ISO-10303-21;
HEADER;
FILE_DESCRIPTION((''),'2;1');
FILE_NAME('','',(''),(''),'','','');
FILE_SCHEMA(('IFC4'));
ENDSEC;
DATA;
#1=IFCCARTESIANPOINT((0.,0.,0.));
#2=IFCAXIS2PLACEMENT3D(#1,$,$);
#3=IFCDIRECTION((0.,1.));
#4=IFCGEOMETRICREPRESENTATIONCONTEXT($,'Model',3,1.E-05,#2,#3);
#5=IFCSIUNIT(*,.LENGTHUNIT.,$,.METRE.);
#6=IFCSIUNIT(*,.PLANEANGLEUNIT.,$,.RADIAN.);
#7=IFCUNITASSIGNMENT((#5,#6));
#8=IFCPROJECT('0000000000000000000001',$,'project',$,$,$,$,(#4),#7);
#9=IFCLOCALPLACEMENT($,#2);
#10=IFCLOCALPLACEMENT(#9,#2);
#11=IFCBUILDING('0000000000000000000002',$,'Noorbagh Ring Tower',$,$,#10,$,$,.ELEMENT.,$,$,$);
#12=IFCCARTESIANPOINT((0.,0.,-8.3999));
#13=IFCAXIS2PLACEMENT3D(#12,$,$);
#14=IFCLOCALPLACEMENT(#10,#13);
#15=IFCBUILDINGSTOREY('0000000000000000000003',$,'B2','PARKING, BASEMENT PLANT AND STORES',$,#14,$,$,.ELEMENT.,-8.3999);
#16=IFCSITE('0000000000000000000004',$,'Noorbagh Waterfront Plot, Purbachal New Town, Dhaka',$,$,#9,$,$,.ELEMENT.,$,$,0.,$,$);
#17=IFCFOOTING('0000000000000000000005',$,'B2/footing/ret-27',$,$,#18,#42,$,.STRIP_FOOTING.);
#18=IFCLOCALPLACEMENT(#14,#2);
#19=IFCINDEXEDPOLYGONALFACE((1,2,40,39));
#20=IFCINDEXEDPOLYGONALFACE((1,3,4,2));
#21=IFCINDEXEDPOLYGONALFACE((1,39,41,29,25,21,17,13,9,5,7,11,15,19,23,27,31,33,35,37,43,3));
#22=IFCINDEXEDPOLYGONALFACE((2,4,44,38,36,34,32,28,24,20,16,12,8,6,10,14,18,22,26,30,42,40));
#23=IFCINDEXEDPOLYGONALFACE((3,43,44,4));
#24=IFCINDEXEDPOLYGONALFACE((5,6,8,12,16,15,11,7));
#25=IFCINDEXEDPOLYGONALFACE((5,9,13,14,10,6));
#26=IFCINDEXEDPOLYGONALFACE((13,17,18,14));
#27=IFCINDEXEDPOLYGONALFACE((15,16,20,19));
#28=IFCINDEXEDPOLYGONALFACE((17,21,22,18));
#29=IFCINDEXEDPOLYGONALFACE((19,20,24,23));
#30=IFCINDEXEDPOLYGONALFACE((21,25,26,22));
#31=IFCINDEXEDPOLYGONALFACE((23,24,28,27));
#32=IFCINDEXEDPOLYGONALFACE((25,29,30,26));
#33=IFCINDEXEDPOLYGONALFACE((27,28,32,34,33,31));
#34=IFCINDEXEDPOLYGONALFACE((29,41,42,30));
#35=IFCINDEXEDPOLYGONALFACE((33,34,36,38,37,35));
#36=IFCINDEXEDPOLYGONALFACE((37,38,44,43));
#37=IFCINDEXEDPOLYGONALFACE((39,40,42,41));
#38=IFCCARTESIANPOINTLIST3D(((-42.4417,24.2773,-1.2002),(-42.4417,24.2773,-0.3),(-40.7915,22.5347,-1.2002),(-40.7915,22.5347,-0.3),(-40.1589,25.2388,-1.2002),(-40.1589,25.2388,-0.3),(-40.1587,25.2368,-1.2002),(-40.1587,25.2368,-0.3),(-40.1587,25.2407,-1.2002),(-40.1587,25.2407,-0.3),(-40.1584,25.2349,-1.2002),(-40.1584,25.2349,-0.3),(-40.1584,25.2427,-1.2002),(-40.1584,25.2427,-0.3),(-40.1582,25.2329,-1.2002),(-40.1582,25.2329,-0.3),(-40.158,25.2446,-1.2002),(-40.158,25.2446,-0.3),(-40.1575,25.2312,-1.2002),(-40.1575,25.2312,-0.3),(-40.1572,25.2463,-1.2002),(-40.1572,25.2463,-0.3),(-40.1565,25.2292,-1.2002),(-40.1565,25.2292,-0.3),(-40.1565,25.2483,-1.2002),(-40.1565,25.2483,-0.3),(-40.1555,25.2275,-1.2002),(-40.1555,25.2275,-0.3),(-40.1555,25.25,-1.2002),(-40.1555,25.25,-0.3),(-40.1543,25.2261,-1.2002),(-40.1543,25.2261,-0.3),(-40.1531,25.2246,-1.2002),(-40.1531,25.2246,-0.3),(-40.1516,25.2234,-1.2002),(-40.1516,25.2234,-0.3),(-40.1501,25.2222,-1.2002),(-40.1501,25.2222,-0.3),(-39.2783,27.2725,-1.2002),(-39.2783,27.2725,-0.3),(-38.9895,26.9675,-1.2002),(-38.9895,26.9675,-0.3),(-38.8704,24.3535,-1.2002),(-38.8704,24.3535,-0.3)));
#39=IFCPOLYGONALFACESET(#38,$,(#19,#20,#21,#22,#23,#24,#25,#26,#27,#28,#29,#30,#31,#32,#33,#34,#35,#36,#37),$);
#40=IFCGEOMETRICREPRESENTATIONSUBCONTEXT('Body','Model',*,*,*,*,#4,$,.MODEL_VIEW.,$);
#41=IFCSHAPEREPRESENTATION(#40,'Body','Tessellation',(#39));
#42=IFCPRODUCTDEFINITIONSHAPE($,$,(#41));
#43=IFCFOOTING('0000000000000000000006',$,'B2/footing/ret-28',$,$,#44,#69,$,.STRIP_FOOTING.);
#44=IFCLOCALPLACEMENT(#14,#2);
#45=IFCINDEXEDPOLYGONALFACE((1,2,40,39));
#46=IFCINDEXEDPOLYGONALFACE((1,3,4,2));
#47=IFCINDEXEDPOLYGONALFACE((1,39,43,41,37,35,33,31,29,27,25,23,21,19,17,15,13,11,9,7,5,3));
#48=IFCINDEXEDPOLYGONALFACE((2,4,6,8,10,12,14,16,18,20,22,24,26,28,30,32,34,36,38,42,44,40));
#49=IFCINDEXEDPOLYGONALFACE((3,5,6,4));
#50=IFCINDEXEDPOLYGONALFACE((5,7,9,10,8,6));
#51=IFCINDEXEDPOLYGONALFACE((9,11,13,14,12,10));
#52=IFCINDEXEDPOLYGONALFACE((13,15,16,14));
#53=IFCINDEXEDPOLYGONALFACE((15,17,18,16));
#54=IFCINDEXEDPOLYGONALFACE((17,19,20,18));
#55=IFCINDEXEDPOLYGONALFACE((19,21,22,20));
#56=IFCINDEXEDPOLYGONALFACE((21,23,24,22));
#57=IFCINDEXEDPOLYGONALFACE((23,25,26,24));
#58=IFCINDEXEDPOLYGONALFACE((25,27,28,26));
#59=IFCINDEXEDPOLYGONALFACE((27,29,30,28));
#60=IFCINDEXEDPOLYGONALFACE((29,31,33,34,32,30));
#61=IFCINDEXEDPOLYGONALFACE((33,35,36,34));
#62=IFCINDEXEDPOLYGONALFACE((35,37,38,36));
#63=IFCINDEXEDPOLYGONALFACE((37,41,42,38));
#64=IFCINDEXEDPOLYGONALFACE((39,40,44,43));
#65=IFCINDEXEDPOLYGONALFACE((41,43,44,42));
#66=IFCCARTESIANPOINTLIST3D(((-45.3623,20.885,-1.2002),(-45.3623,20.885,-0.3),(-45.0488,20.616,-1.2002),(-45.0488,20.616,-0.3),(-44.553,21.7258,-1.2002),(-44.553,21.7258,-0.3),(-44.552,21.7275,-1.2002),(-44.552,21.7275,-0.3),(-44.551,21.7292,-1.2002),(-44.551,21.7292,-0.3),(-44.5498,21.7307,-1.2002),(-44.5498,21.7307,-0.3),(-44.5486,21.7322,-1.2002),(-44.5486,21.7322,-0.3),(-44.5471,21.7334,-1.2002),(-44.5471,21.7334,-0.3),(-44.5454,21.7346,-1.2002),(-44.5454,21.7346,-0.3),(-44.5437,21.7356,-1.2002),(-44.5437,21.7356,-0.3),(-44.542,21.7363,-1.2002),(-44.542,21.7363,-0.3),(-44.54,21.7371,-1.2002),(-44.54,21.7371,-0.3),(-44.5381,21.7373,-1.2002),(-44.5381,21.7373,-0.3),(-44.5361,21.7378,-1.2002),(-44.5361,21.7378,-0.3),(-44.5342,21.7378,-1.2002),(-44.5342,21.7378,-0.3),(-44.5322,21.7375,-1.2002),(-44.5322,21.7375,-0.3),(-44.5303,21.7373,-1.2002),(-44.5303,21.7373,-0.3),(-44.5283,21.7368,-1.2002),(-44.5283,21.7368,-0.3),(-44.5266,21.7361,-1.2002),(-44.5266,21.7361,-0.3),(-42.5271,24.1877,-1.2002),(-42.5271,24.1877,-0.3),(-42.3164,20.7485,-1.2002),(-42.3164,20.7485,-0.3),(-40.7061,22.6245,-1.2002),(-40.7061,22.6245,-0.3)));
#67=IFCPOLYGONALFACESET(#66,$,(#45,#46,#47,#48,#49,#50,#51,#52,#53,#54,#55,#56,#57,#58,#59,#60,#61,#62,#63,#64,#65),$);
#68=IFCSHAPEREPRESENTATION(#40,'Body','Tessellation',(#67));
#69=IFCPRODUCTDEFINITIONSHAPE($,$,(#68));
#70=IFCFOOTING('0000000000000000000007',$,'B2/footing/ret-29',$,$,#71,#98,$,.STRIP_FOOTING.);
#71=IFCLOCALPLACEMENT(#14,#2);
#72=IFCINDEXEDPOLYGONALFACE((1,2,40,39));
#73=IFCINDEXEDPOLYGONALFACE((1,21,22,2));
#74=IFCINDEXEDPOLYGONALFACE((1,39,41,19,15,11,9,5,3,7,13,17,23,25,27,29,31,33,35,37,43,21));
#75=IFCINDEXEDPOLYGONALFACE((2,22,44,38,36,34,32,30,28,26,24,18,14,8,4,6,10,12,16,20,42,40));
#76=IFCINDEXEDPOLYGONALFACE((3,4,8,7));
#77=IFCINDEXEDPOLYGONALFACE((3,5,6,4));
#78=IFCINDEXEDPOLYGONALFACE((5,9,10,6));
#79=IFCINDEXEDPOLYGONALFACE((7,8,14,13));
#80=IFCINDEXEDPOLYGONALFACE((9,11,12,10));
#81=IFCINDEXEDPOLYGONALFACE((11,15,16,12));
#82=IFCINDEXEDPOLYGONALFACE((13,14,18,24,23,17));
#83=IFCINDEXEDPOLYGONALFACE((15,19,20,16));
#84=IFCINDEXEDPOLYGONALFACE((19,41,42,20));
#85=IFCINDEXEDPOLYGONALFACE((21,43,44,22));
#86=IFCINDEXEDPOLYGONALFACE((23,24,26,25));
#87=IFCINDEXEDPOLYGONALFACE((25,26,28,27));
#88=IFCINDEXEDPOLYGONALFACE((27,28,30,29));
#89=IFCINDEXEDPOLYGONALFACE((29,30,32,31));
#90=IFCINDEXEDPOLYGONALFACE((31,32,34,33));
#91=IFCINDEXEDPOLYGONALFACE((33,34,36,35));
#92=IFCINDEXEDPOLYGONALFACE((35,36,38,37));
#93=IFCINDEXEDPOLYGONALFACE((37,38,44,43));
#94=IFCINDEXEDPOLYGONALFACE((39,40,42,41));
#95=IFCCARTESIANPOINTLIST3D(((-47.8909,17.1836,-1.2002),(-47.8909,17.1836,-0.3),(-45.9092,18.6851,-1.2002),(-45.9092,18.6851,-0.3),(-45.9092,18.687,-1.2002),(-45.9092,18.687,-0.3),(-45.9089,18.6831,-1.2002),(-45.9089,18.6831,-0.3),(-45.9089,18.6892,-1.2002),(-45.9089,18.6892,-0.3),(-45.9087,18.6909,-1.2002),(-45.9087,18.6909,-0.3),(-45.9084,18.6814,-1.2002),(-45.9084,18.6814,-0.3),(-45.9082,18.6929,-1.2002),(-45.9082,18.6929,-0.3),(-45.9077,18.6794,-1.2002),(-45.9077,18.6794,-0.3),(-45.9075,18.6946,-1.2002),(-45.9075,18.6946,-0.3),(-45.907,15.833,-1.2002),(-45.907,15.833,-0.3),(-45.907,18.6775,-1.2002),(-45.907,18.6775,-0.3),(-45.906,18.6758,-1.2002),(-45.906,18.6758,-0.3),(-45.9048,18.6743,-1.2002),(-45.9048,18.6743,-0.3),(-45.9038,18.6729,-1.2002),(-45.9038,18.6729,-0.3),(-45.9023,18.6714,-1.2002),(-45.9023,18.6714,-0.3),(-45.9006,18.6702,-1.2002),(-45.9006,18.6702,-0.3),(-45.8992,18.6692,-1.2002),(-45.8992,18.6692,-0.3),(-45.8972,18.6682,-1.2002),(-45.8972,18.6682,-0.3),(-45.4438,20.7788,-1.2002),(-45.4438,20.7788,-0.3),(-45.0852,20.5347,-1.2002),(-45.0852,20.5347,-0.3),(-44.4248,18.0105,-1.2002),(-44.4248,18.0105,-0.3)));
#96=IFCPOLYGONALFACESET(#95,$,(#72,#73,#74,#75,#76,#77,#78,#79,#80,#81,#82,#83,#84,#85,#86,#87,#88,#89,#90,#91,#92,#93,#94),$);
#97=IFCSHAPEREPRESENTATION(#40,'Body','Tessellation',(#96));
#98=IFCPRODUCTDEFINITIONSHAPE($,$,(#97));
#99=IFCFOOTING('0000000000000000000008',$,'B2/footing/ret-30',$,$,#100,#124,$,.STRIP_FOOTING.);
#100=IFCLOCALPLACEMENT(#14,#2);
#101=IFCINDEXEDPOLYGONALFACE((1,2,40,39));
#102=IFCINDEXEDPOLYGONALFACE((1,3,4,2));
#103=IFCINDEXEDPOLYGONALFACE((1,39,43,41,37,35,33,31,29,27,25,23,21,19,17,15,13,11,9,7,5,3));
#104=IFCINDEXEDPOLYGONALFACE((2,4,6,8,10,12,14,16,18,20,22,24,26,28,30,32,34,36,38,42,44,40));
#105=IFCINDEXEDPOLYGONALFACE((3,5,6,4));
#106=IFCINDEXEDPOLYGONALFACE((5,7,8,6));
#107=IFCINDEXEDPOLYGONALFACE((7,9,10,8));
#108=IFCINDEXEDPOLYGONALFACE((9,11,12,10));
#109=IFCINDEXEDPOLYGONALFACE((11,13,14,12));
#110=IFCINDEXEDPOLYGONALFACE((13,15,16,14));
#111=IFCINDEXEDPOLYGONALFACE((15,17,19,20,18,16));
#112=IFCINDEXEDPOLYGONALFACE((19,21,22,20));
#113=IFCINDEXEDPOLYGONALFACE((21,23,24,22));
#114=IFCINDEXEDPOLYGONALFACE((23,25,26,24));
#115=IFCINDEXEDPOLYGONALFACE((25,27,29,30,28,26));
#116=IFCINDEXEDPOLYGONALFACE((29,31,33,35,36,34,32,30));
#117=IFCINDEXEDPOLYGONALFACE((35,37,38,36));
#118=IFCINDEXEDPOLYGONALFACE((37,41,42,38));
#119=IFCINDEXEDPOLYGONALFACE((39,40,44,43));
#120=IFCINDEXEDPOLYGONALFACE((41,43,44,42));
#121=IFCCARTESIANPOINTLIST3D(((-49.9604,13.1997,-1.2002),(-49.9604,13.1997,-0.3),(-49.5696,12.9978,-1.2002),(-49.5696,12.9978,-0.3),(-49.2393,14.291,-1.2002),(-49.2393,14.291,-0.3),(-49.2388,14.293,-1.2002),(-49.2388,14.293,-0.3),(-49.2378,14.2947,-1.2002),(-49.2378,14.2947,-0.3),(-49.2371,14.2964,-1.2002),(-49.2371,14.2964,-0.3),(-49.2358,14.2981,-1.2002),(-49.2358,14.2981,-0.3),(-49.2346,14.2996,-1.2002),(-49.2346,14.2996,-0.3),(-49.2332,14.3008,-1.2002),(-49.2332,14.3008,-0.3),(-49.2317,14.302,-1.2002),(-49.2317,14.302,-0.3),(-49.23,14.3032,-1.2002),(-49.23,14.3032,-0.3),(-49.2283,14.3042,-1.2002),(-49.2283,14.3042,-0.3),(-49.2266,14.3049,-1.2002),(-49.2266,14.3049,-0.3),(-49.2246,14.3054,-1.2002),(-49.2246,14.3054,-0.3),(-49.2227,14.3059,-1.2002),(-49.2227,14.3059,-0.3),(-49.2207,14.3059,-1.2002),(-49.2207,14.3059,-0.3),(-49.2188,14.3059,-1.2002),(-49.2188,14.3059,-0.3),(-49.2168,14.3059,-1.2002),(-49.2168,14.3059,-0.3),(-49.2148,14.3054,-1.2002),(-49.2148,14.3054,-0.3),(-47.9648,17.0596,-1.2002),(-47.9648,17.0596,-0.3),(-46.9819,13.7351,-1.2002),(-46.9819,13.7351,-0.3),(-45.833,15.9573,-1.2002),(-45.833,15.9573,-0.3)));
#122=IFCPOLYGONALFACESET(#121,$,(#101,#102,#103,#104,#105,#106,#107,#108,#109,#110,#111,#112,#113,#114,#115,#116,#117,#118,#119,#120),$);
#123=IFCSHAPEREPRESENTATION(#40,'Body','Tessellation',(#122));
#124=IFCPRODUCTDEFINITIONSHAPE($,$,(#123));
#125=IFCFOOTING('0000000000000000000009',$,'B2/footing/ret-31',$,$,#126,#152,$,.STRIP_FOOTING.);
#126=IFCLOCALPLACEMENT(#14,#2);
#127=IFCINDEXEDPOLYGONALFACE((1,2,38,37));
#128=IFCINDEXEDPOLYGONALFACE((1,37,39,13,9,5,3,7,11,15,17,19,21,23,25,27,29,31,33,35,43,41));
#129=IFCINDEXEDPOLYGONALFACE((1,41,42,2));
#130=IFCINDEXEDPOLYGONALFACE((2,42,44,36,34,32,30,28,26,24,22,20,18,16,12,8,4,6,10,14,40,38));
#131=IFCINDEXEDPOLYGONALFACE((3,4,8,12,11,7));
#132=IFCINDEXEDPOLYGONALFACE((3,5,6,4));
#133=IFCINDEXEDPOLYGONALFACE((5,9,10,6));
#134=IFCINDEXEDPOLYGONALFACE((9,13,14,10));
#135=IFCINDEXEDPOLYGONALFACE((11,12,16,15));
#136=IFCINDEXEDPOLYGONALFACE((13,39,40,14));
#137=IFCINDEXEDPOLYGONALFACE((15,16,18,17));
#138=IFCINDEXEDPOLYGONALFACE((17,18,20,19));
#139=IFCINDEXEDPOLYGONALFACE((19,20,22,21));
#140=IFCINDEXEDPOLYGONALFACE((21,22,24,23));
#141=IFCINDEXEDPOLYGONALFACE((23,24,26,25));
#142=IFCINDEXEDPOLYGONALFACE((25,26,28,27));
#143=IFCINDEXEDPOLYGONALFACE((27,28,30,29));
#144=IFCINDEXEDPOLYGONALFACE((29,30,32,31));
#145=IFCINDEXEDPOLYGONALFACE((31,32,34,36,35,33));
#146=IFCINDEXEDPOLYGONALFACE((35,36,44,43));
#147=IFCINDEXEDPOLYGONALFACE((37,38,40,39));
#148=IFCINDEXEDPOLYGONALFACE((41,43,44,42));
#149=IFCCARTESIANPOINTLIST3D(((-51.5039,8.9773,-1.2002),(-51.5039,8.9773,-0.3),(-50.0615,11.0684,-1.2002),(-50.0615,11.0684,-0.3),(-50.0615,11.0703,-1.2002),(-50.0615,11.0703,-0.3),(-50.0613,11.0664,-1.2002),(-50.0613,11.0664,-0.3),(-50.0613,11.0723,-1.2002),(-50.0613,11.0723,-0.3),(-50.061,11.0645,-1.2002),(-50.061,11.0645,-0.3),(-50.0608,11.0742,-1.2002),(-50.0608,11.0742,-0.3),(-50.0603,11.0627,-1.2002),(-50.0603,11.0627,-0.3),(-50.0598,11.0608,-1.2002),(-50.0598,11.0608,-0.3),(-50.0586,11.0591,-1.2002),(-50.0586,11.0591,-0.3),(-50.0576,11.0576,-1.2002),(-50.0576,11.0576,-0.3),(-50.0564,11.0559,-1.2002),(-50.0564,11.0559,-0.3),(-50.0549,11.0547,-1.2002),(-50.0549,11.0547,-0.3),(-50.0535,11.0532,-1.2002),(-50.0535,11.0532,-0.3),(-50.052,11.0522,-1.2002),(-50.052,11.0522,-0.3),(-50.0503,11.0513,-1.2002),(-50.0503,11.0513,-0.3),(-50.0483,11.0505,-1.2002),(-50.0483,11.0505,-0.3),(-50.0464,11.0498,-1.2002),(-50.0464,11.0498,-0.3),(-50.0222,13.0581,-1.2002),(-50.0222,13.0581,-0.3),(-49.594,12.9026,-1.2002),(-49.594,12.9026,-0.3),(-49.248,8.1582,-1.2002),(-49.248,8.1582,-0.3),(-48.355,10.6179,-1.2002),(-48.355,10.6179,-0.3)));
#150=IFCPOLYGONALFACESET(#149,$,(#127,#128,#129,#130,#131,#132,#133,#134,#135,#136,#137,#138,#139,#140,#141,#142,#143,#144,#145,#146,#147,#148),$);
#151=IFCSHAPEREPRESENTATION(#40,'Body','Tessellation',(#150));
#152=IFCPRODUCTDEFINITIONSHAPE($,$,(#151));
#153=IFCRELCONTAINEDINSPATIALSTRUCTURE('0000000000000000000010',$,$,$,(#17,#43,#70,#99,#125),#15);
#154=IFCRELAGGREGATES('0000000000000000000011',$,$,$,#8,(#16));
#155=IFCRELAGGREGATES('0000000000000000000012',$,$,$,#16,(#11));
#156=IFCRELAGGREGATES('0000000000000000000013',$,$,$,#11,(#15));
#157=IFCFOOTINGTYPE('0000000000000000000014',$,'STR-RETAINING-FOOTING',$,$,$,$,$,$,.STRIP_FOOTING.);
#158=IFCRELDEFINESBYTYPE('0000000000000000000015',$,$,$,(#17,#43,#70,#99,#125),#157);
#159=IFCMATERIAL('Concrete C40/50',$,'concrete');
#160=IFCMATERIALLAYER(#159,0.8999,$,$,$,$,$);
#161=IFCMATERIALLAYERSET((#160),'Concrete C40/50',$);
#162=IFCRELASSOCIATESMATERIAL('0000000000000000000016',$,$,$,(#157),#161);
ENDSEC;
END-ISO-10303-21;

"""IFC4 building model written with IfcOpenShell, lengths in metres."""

from ifc_helpers import new_model, si_unit, direction, frame, origin, place, context, subcontext, project, spatial, polyline, outline, extrude, material, layer, layer_set, type_object, element, save


model = new_model("IFC4")

# Units and contexts
model_context = context("Model", 3, precision=1e-05, world=origin(), true_north=direction((0.0, 1.0)))
body_context = subcontext(model_context, "Body", "Model", "MODEL_VIEW")
ifc_project = project(units=[si_unit("LENGTHUNIT", "METRE"), si_unit("PLANEANGLEUNIT", "RADIAN")], contexts=[model_context])

# Site, building, storey
site_placement = place(None, origin())
site = spatial("IfcSite", under=ifc_project, at=site_placement, Name="Noorbagh Waterfront Plot, Purbachal New Town, Dhaka", CompositionType="ELEMENT", RefElevation=0.0)
building_placement = place(site_placement, origin())
building = spatial("IfcBuilding", under=site, at=building_placement, Name="Noorbagh Ring Tower", CompositionType="ELEMENT")
storey_placement = place(building_placement, frame((0.0, 0.0, -8.3999)))
storey = spatial("IfcBuildingStorey", under=building, at=storey_placement, Name="B2", Description="PARKING, BASEMENT PLANT AND STORES", CompositionType="ELEMENT", Elevation=-8.3999)

# Footings
ifc_material_1 = material(Name="Concrete C40/50", Category="concrete")
ifc_layer = layer(ifc_material_1, 0.8999)
ifc_layer_set = layer_set([ifc_layer], Name="Concrete C40/50")
footing_type = type_object("IfcFootingType", Name="STR-RETAINING-FOOTING", PredefinedType="STRIP_FOOTING", material=ifc_layer_set)
footing_1_placement = place(storey_placement, frame((0.0, 0.0, -1.2002)))
element("IfcFooting", 1, at=footing_1_placement, inside=storey, type_object=footing_type, Name="B2/footing/ret-27", PredefinedType="STRIP_FOOTING", context=body_context, shape_type="SweptSolid", body=[
    extrude(outline(polyline([(-42.4417, 24.2773), (-39.2783, 27.2725), (-38.9895, 26.9675), (-40.1555, 25.25), (-40.1565, 25.2483), (-40.1572, 25.2463), (-40.158, 25.2446), (-40.1584, 25.2427), (-40.1587, 25.2407), (-40.1589, 25.2388), (-40.1587, 25.2368), (-40.1584, 25.2349), (-40.1582, 25.2329), (-40.1575, 25.2312), (-40.1565, 25.2292), (-40.1555, 25.2275), (-40.1543, 25.2261), (-40.1531, 25.2246), (-40.1516, 25.2234), (-40.1501, 25.2222), (-38.8704, 24.3535), (-40.7915, 22.5347), (-42.4417, 24.2773)])), origin(), (0.0, 0.0, 1.0), 0.9001),
])
footing_2_placement = place(storey_placement, frame((0.0, 0.0, -1.2002)))
element("IfcFooting", 2, at=footing_2_placement, inside=storey, type_object=footing_type, Name="B2/footing/ret-28", PredefinedType="STRIP_FOOTING", context=body_context, shape_type="SweptSolid", body=[
    extrude(outline(polyline([(-45.3623, 20.885), (-42.5271, 24.1877), (-40.7061, 22.6245), (-42.3164, 20.7485), (-44.5266, 21.7361), (-44.5283, 21.7368), (-44.5303, 21.7373), (-44.5322, 21.7375), (-44.5342, 21.7378), (-44.5361, 21.7378), (-44.5381, 21.7373), (-44.54, 21.7371), (-44.542, 21.7363), (-44.5437, 21.7356), (-44.5454, 21.7346), (-44.5471, 21.7334), (-44.5486, 21.7322), (-44.5498, 21.7307), (-44.551, 21.7292), (-44.552, 21.7275), (-44.553, 21.7258), (-45.0488, 20.616), (-45.3623, 20.885)])), origin(), (0.0, 0.0, 1.0), 0.9001),
])
footing_3_placement = place(storey_placement, frame((0.0, 0.0, -1.2002)))
element("IfcFooting", 3, at=footing_3_placement, inside=storey, type_object=footing_type, Name="B2/footing/ret-29", PredefinedType="STRIP_FOOTING", context=body_context, shape_type="SweptSolid", body=[
    extrude(outline(polyline([(-47.8909, 17.1836), (-45.4438, 20.7788), (-45.0852, 20.5347), (-45.9075, 18.6946), (-45.9082, 18.6929), (-45.9087, 18.6909), (-45.9089, 18.6892), (-45.9092, 18.687), (-45.9092, 18.6851), (-45.9089, 18.6831), (-45.9084, 18.6814), (-45.9077, 18.6794), (-45.907, 18.6775), (-45.906, 18.6758), (-45.9048, 18.6743), (-45.9038, 18.6729), (-45.9023, 18.6714), (-45.9006, 18.6702), (-45.8992, 18.6692), (-45.8972, 18.6682), (-44.4248, 18.0105), (-45.907, 15.833), (-47.8909, 17.1836)])), origin(), (0.0, 0.0, 1.0), 0.9001),
])
footing_4_placement = place(storey_placement, frame((0.0, 0.0, -1.2002)))
element("IfcFooting", 4, at=footing_4_placement, inside=storey, type_object=footing_type, Name="B2/footing/ret-30", PredefinedType="STRIP_FOOTING", context=body_context, shape_type="SweptSolid", body=[
    extrude(outline(polyline([(-49.9604, 13.1997), (-47.9648, 17.0596), (-45.833, 15.9573), (-46.9819, 13.7351), (-49.2148, 14.3054), (-49.2168, 14.3059), (-49.2188, 14.3059), (-49.2207, 14.3059), (-49.2227, 14.3059), (-49.2246, 14.3054), (-49.2266, 14.3049), (-49.2283, 14.3042), (-49.23, 14.3032), (-49.2317, 14.302), (-49.2332, 14.3008), (-49.2346, 14.2996), (-49.2358, 14.2981), (-49.2371, 14.2964), (-49.2378, 14.2947), (-49.2388, 14.293), (-49.2393, 14.291), (-49.5696, 12.9978), (-49.9604, 13.1997)])), origin(), (0.0, 0.0, 1.0), 0.9001),
])
footing_5_placement = place(storey_placement, frame((0.0, 0.0, -1.2002)))
element("IfcFooting", 5, at=footing_5_placement, inside=storey, type_object=footing_type, Name="B2/footing/ret-31", PredefinedType="STRIP_FOOTING", context=body_context, shape_type="SweptSolid", body=[
    extrude(outline(polyline([(-51.5039, 8.9773), (-50.0222, 13.0581), (-49.594, 12.9026), (-50.0608, 11.0742), (-50.0613, 11.0723), (-50.0615, 11.0703), (-50.0615, 11.0684), (-50.0613, 11.0664), (-50.061, 11.0645), (-50.0603, 11.0627), (-50.0598, 11.0608), (-50.0586, 11.0591), (-50.0576, 11.0576), (-50.0564, 11.0559), (-50.0549, 11.0547), (-50.0535, 11.0532), (-50.052, 11.0522), (-50.0503, 11.0513), (-50.0483, 11.0505), (-50.0464, 11.0498), (-48.355, 10.6179), (-49.248, 8.1582), (-51.5039, 8.9773)])), origin(), (0.0, 0.0, 1.0), 0.9001),
])

save(model, "model.ifc")
